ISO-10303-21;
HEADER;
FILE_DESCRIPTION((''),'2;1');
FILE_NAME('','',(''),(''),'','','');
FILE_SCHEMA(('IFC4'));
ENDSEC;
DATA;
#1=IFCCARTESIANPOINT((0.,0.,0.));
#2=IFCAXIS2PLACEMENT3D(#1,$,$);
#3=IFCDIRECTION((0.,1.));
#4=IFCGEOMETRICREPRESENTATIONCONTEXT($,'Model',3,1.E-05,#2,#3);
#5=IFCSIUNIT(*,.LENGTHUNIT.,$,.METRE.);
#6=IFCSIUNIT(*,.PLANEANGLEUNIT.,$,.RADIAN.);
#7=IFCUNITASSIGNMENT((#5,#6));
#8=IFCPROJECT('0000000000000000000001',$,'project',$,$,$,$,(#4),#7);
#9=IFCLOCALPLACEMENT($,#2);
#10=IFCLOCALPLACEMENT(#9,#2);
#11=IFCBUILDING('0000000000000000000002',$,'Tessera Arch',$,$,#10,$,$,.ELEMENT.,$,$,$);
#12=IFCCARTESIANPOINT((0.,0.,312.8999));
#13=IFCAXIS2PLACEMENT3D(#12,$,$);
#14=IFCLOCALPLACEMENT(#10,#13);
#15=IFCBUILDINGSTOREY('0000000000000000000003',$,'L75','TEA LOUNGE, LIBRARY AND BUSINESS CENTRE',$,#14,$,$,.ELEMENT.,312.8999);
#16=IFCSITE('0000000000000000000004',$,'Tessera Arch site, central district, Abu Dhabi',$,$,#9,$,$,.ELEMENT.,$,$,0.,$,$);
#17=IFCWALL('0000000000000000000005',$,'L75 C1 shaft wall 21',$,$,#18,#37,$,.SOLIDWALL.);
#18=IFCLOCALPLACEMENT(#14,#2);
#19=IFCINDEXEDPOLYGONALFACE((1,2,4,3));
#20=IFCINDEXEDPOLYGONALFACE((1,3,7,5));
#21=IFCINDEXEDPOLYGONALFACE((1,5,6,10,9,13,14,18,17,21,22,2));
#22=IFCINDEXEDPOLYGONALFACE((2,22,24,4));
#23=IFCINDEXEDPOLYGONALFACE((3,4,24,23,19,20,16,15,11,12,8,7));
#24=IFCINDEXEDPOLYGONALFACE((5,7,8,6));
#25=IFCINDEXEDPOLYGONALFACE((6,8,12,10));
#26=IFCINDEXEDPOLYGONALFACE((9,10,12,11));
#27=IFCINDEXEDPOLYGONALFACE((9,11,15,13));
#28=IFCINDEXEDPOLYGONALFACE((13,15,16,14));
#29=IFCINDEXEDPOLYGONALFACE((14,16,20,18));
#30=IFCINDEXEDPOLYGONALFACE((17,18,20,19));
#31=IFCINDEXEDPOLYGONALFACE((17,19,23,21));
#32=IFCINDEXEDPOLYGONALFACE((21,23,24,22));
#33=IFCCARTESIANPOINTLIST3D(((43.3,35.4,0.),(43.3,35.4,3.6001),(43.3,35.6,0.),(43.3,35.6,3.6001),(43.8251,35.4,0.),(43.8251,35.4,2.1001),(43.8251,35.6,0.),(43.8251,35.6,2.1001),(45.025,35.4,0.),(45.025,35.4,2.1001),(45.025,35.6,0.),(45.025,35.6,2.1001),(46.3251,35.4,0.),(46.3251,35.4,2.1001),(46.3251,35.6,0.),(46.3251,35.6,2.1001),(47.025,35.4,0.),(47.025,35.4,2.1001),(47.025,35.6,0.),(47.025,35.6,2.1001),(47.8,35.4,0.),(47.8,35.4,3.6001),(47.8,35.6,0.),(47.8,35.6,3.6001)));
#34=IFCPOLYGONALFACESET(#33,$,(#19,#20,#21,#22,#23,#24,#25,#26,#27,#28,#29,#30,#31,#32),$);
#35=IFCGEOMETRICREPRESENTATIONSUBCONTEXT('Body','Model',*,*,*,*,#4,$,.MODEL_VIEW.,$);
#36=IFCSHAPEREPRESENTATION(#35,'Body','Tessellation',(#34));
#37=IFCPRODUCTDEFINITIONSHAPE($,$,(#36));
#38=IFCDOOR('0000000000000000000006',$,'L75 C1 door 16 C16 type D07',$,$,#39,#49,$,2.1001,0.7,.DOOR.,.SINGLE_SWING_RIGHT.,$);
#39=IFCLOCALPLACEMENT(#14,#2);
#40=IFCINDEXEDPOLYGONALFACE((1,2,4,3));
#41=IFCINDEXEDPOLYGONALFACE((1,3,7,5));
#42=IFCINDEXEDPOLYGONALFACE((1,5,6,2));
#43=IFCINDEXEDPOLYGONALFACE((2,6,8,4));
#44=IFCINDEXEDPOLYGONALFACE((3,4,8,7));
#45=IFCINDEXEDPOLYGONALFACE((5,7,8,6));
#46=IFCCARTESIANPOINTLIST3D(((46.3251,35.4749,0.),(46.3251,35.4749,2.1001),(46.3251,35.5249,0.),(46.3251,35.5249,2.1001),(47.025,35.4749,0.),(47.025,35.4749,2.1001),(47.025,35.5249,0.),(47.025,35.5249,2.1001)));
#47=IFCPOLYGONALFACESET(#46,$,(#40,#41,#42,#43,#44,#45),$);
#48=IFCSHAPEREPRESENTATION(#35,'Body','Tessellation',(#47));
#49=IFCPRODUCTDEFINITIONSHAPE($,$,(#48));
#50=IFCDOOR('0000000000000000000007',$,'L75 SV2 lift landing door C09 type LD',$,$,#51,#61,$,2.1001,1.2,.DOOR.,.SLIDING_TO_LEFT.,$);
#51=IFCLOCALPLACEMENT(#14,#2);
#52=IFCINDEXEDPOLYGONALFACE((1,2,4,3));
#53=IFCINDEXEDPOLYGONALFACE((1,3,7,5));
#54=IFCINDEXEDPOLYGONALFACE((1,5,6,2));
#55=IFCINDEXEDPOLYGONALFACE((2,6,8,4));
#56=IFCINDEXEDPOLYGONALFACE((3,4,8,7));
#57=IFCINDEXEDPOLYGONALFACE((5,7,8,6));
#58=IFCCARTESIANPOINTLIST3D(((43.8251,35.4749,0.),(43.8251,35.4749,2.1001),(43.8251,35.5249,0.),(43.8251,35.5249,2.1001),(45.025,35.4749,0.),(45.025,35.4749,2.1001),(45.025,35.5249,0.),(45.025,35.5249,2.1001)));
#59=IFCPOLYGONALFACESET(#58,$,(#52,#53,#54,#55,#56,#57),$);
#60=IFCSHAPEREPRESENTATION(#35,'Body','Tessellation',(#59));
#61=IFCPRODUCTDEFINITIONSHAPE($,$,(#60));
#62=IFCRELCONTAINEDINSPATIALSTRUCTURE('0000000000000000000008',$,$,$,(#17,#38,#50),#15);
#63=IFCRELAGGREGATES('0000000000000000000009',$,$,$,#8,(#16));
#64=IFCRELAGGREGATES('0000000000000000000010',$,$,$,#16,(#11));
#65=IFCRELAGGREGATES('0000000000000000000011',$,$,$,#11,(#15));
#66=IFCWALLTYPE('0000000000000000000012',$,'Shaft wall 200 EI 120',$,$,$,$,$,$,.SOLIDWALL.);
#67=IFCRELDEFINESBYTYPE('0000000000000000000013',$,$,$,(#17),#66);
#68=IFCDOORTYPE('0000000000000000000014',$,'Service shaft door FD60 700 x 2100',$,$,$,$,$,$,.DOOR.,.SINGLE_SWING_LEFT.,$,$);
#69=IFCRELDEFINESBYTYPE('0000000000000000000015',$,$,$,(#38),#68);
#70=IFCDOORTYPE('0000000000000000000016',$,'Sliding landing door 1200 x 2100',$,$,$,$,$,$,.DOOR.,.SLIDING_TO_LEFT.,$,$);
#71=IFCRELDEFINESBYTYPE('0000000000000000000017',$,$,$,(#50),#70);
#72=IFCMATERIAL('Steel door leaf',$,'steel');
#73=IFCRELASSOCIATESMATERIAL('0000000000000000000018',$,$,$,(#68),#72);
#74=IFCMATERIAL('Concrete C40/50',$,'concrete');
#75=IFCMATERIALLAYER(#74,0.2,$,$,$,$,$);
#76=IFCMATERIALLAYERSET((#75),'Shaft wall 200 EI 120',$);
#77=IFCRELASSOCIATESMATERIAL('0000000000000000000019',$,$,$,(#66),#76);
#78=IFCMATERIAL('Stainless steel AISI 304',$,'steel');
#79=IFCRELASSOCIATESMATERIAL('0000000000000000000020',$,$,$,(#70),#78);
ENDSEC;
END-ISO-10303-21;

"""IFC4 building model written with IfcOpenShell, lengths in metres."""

from ifc_helpers import new_model, si_unit, direction, frame, frame_2d, origin, place, context, subcontext, project, spatial, rectangle, extrude, material, layer, layer_set, type_object, element, fill, save


model = new_model("IFC4")

# Units and contexts
model_context = context("Model", 3, precision=1e-05, world=origin(), true_north=direction((0.0, 1.0)))
body_context = subcontext(model_context, "Body", "Model", "MODEL_VIEW")
ifc_project = project(units=[si_unit("LENGTHUNIT", "METRE"), si_unit("PLANEANGLEUNIT", "RADIAN")], contexts=[model_context])

# Site, building, storey
site_placement = place(None, origin())
site = spatial("IfcSite", under=ifc_project, at=site_placement, Name="Tessera Arch site, central district, Abu Dhabi", CompositionType="ELEMENT", RefElevation=0.0)
building_placement = place(site_placement, origin())
building = spatial("IfcBuilding", under=site, at=building_placement, Name="Tessera Arch", CompositionType="ELEMENT")
storey_placement = place(building_placement, frame((0.0, 0.0, 312.8999)))
storey = spatial("IfcBuildingStorey", under=building, at=storey_placement, Name="L75", Description="TEA LOUNGE, LIBRARY AND BUSINESS CENTRE", CompositionType="ELEMENT", Elevation=312.8999)

# Shared definitions
ifc_material_1 = material(Name="Steel door leaf", Category="steel")
door_type_1 = type_object("IfcDoorType", Name="Service shaft door FD60 700 x 2100", OperationType="SINGLE_SWING_LEFT", PredefinedType="DOOR", material=ifc_material_1)

# Shared definitions
ifc_material_2 = material(Name="Concrete C40/50", Category="concrete")
ifc_layer_1 = layer(ifc_material_2, 0.2)
ifc_layer_set_1 = layer_set([ifc_layer_1], Name="Shaft wall 200 EI 120")
wall_type_1 = type_object("IfcWallType", Name="Shaft wall 200 EI 120", PredefinedType="SOLIDWALL", material=ifc_layer_set_1)

# Wall, openings, doors
wall_1_placement = place(storey_placement, frame((43.3, 35.5, 0.0), z_axis=(0.0, 0.0, 1.0), x_axis=(1.0, 0.0, 0.0)))
wall_1 = element("IfcWall", 1, at=wall_1_placement, inside=storey, type_object=wall_type_1, Name="L75 C1 shaft wall 21", PredefinedType="SOLIDWALL", context=body_context, shape_type="SweptSolid", body=[
    extrude(rectangle(XDim=4.5, YDim=0.2, at=frame_2d((2.25, 0.0))), origin(), (0.0, 0.0, 1.0), 3.6001),
])
opening_1_placement = place(wall_1_placement, frame((0.5249, 0.0, 0.0)))
opening_1 = element("IfcOpeningElement", 2, at=opening_1_placement, cuts=wall_1, PredefinedType="OPENING", context=body_context, shape_type="SweptSolid", body=[
    extrude(rectangle(XDim=1.2, YDim=2.1001, at=frame_2d((0.6001, 1.05))), frame((0.0, 0.1099, 0.0), z_axis=(0.0, -1.0, 0.0), x_axis=(1.0, 0.0, 0.0)), (0.0, 0.0, 1.0), 0.22),
])
opening_2_placement = place(wall_1_placement, frame((3.0249, 0.0, 0.0)))
opening_2 = element("IfcOpeningElement", 3, at=opening_2_placement, cuts=wall_1, PredefinedType="OPENING", context=body_context, shape_type="SweptSolid", body=[
    extrude(rectangle(XDim=0.7, YDim=2.1001, at=frame_2d((0.3501, 1.05))), frame((0.0, 0.1099, 0.0), z_axis=(0.0, -1.0, 0.0), x_axis=(1.0, 0.0, 0.0)), (0.0, 0.0, 1.0), 0.22),
])
door_1_placement = place(opening_2_placement, origin())
door_1 = element("IfcDoor", 4, at=door_1_placement, inside=storey, type_object=door_type_1, Name="L75 C1 door 16 C16 type D07", OperationType="SINGLE_SWING_RIGHT", OverallHeight=2.1001, OverallWidth=0.7, PredefinedType="DOOR", context=body_context, shape_type="SweptSolid", body=[
    extrude(rectangle(XDim=0.7, YDim=2.1001, at=frame_2d((0.3501, 1.05))), frame((0.0, 0.0249, 0.0), z_axis=(0.0, -1.0, 0.0), x_axis=(1.0, 0.0, 0.0)), (0.0, 0.0, 1.0), 0.05),
])
fill(opening_2, door_1)
ifc_material_3 = material(Name="Stainless steel AISI 304", Category="steel")
door_type_2 = type_object("IfcDoorType", Name="Sliding landing door 1200 x 2100", OperationType="SLIDING_TO_LEFT", PredefinedType="DOOR", material=ifc_material_3)
door_2_placement = place(opening_1_placement, origin())
door_2 = element("IfcDoor", 5, at=door_2_placement, inside=storey, type_object=door_type_2, Name="L75 SV2 lift landing door C09 type LD", OperationType="SLIDING_TO_LEFT", OverallHeight=2.1001, OverallWidth=1.2, PredefinedType="DOOR", context=body_context, shape_type="SweptSolid", body=[
    extrude(rectangle(XDim=1.2, YDim=2.1001, at=frame_2d((0.6001, 1.05))), frame((0.0, 0.0249, 0.0), z_axis=(0.0, -1.0, 0.0), x_axis=(1.0, 0.0, 0.0)), (0.0, 0.0, 1.0), 0.05),
])
fill(opening_1, door_2)

save(model, "model.ifc")
